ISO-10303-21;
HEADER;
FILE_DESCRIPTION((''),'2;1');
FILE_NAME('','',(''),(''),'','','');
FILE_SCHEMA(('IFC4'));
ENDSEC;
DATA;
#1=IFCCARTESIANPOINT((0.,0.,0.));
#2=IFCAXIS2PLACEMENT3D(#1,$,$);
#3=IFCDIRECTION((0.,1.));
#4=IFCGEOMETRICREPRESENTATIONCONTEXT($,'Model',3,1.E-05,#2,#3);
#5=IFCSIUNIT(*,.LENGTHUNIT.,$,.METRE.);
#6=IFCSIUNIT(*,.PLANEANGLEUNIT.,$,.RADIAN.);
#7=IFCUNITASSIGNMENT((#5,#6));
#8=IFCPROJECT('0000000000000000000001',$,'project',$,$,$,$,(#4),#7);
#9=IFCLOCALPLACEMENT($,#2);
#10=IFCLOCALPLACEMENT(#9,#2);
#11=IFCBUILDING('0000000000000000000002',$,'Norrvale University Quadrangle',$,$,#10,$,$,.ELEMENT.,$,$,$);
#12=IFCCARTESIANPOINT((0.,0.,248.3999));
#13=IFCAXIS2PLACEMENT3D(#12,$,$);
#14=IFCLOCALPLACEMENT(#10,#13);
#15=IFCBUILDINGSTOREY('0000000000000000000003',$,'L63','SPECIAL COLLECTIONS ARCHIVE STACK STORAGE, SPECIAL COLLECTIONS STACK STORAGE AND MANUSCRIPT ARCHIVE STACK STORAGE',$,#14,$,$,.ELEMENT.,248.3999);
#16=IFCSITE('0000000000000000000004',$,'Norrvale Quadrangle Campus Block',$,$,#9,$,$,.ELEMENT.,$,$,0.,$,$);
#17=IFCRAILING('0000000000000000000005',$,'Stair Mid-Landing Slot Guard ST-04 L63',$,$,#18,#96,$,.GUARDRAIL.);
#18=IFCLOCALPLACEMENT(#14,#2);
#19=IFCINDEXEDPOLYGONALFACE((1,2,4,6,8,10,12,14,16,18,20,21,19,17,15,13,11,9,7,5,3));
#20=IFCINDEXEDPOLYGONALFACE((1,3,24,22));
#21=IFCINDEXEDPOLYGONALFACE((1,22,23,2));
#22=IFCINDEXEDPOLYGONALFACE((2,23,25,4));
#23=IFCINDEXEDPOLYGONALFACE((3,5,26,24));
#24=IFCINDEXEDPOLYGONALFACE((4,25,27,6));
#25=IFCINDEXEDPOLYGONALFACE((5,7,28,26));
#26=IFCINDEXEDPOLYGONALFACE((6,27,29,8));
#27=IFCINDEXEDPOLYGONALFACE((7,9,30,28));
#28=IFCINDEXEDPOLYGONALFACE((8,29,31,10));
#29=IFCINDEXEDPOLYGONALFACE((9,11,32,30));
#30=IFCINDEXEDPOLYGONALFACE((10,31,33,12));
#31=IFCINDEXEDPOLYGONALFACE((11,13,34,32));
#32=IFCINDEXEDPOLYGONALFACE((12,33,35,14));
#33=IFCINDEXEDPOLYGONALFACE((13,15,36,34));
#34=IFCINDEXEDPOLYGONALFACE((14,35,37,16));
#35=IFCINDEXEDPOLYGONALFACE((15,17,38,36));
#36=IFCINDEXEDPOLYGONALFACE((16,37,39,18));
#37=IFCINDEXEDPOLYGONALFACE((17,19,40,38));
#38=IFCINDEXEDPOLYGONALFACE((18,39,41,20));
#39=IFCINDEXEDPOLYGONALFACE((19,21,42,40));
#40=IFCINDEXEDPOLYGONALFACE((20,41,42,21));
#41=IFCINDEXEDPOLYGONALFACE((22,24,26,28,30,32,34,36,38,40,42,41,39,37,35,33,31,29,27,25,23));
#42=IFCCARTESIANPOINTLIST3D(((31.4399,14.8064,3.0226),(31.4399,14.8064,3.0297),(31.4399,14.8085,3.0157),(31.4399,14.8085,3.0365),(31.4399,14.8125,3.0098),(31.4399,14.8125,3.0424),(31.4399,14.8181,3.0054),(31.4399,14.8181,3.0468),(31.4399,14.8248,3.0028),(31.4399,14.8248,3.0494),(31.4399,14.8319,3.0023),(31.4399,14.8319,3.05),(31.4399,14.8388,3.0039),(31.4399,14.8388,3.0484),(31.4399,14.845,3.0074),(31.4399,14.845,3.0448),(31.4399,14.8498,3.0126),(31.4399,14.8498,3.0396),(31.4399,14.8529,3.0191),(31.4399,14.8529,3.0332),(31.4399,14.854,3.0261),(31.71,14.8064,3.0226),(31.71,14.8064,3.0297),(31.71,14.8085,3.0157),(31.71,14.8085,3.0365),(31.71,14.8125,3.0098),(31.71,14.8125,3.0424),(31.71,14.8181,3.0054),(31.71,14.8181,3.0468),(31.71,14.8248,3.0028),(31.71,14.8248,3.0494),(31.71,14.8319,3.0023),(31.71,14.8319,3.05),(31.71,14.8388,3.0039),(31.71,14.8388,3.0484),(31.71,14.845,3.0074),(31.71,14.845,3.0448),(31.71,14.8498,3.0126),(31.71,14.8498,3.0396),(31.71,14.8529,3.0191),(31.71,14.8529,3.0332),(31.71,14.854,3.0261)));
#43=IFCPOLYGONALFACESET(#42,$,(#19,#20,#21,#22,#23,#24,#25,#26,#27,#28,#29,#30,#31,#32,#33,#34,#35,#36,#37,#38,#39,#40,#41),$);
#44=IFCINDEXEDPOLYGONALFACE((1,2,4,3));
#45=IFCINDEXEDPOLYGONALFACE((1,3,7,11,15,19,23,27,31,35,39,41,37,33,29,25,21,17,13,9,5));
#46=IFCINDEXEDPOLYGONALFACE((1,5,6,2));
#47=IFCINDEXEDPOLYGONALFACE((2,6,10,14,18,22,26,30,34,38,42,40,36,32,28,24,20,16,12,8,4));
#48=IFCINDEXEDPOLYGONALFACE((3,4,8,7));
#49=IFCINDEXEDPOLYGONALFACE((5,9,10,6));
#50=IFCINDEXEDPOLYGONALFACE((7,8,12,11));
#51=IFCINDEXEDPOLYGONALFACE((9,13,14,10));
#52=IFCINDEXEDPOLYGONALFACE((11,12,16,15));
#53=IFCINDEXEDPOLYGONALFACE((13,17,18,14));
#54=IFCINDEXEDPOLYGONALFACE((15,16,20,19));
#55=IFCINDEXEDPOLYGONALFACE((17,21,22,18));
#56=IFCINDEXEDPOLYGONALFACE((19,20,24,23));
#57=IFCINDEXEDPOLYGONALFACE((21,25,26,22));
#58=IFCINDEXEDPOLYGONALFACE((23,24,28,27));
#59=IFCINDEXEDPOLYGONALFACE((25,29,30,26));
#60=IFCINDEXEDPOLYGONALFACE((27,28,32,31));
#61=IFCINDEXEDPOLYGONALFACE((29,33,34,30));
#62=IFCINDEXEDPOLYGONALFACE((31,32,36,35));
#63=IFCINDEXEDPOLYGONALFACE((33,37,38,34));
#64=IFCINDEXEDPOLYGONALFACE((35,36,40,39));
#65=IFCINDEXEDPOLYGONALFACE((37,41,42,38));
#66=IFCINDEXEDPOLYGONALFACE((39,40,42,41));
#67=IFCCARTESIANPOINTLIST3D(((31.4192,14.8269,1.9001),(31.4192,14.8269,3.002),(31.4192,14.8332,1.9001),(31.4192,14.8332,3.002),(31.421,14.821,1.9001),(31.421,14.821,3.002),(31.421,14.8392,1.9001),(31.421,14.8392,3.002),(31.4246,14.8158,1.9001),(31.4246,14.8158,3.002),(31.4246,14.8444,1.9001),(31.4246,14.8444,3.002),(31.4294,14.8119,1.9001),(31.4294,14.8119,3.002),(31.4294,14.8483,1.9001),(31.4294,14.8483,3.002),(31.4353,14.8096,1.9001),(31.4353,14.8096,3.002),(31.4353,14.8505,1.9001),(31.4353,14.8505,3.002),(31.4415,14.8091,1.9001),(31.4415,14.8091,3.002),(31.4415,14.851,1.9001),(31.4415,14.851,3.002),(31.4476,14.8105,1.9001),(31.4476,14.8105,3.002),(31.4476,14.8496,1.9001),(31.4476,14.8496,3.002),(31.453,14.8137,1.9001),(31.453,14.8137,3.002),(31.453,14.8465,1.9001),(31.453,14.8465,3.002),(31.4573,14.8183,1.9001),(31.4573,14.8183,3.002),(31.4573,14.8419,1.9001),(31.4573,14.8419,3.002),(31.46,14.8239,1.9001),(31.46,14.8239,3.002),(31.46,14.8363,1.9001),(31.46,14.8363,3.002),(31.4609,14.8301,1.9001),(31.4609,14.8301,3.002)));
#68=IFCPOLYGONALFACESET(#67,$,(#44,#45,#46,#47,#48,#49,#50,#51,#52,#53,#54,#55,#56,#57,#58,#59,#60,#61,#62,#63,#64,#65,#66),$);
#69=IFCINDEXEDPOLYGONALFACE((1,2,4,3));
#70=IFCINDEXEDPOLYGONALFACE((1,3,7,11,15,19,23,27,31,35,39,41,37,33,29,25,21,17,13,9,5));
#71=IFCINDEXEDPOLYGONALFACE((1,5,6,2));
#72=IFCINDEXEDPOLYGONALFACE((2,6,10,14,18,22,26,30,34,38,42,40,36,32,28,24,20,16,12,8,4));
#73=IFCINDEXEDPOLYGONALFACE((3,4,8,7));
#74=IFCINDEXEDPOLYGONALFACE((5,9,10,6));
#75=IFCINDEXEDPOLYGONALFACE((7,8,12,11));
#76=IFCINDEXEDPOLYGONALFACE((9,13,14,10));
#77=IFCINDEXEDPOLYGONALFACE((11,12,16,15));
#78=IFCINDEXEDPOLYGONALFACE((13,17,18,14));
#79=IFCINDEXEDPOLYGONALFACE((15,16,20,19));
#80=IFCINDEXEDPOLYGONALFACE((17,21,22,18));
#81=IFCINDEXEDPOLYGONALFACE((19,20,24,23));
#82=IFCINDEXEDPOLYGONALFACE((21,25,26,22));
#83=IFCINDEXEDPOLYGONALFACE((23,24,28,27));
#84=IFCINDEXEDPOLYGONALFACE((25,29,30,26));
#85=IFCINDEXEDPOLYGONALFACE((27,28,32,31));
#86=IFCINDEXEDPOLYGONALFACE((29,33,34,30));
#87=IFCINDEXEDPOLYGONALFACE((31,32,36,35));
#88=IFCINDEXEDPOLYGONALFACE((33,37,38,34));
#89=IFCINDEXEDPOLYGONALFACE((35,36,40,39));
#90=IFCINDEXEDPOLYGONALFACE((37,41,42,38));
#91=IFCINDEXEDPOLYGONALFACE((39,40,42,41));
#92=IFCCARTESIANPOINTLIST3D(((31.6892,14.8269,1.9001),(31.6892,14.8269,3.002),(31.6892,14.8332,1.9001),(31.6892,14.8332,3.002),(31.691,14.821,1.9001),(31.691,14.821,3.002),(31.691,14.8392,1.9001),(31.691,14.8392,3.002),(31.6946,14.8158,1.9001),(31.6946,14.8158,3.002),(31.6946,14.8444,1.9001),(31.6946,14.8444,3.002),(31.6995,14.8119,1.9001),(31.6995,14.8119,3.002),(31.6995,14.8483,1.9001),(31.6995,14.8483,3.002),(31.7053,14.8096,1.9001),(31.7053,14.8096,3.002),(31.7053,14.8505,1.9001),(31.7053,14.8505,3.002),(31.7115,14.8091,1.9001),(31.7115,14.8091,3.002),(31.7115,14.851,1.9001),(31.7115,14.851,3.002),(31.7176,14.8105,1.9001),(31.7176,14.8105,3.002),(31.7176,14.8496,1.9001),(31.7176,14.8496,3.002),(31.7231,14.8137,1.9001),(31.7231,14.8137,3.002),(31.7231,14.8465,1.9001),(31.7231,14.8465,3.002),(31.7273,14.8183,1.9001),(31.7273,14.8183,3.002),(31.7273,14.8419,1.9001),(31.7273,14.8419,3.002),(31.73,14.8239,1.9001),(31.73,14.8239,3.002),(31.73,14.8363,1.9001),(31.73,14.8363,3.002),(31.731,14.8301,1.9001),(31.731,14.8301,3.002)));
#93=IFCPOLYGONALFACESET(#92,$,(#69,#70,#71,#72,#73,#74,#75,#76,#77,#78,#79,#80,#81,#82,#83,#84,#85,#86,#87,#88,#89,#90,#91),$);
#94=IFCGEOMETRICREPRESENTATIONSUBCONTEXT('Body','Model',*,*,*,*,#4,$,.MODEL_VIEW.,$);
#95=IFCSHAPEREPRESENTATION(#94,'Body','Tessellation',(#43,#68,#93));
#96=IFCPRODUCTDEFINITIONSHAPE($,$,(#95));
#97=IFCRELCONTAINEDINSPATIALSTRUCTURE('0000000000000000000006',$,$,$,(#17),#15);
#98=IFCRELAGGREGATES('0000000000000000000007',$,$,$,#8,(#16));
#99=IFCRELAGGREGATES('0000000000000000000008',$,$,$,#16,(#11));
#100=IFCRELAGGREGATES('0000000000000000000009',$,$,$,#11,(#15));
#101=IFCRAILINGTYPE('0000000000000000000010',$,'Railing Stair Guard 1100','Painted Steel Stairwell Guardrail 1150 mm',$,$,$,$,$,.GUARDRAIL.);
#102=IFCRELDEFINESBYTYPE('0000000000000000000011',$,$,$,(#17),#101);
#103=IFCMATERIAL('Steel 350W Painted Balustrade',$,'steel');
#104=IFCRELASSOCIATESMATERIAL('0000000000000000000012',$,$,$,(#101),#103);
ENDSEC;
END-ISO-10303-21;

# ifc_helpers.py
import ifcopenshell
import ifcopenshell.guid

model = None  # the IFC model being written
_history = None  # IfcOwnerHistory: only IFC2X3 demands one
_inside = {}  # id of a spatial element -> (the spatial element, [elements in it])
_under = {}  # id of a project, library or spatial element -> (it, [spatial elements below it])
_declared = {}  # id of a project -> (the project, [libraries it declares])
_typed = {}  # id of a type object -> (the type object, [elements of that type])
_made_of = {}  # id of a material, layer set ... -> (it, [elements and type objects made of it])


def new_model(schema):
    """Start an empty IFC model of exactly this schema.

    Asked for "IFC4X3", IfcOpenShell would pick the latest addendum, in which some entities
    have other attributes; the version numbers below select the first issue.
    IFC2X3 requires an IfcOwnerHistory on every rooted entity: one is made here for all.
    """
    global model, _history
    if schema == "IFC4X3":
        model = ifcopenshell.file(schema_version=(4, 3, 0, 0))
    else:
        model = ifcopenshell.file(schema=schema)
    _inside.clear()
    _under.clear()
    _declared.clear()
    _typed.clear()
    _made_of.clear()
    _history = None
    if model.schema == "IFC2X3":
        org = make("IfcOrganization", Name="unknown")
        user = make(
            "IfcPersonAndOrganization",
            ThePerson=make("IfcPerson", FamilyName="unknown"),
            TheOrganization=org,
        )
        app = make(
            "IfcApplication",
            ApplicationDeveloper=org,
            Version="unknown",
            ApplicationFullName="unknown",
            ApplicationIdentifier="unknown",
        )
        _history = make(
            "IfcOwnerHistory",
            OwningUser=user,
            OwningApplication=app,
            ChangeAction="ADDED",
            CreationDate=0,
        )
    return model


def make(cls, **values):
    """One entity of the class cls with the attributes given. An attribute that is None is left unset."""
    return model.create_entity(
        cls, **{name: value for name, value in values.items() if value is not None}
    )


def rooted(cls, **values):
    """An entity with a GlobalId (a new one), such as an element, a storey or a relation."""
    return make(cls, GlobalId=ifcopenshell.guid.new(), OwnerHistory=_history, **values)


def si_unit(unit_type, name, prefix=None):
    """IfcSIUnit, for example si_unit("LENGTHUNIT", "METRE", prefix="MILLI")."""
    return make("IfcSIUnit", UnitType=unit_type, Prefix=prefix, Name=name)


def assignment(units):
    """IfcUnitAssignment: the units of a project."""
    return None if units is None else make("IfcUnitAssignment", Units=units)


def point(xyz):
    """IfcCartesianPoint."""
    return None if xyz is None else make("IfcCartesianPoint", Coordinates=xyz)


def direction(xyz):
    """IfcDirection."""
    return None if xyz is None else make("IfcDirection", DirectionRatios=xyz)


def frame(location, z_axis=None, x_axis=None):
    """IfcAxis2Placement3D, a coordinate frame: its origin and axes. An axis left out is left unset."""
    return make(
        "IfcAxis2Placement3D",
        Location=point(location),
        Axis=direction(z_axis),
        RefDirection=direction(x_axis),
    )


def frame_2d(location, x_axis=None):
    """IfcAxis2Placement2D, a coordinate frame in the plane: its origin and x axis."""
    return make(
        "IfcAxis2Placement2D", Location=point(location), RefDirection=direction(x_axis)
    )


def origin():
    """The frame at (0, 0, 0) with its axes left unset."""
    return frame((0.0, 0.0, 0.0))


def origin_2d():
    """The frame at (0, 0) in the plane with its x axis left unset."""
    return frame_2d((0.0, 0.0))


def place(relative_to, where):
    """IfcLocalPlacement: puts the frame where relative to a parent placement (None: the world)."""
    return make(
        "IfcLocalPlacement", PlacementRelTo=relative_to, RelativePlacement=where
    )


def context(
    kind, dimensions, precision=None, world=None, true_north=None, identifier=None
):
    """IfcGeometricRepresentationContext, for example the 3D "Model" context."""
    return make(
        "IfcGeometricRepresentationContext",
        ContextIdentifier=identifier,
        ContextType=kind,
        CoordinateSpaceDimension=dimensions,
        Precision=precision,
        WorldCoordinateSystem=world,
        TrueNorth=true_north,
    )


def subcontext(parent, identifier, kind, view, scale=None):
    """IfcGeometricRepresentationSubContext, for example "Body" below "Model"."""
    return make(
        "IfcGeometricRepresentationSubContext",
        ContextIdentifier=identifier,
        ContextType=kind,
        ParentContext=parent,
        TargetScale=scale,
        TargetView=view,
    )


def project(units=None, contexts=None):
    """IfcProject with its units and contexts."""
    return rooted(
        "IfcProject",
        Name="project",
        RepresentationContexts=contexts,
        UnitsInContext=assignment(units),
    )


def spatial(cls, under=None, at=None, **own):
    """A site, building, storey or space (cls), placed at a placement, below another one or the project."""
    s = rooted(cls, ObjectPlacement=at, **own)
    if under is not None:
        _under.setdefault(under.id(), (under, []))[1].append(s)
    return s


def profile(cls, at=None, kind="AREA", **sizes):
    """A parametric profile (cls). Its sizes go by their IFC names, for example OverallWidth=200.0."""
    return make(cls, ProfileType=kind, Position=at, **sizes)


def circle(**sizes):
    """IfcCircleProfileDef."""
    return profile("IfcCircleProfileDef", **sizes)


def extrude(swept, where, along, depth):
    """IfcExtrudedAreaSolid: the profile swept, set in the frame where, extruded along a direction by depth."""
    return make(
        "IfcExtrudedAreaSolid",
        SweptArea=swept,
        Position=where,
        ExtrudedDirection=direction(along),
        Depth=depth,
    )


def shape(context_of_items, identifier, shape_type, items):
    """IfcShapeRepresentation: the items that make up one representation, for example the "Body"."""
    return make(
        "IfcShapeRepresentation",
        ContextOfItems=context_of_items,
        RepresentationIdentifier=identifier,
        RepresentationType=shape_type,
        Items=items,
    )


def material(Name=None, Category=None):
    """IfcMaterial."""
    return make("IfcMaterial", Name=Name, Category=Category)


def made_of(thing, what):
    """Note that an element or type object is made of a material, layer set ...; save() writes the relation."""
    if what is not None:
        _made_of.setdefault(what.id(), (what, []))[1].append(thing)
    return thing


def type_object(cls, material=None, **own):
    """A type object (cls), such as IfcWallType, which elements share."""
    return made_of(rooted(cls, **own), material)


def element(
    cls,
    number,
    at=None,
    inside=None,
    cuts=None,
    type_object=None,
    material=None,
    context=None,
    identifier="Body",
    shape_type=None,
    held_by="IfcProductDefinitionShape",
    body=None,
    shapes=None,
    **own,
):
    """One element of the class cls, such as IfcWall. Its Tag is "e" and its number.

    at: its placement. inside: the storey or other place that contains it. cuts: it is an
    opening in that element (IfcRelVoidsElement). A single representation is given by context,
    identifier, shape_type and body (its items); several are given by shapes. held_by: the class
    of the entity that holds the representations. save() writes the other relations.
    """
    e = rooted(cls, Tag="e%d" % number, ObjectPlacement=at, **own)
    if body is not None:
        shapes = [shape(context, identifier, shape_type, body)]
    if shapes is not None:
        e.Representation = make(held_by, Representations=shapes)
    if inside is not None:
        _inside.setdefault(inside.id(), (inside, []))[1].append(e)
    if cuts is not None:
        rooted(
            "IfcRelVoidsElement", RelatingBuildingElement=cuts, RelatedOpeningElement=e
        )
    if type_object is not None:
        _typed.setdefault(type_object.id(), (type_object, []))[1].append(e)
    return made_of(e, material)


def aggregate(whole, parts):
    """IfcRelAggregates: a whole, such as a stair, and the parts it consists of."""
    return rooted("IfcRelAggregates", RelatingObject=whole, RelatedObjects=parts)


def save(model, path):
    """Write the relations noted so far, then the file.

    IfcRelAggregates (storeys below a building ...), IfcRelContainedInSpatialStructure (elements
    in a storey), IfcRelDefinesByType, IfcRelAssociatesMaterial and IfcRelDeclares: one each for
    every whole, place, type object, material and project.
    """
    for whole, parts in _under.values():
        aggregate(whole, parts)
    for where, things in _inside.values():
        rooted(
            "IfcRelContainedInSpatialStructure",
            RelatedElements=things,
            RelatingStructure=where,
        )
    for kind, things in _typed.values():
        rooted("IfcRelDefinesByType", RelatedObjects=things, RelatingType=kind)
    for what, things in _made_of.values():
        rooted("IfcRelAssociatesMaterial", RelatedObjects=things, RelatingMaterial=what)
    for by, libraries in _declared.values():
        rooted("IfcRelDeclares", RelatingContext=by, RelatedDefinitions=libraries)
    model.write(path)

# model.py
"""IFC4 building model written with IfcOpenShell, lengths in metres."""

from ifc_helpers import new_model, si_unit, direction, frame, origin, origin_2d, place, context, subcontext, project, spatial, circle, extrude, material, type_object, element, save


model = new_model("IFC4")

# Units and contexts
model_context = context("Model", 3, precision=1e-05, world=origin(), true_north=direction((0.0, 1.0)))
body_context = subcontext(model_context, "Body", "Model", "MODEL_VIEW")
ifc_project = project(units=[si_unit("LENGTHUNIT", "METRE"), si_unit("PLANEANGLEUNIT", "RADIAN")], contexts=[model_context])

# Site, building, storey
site_placement = place(None, origin())
site = spatial("IfcSite", under=ifc_project, at=site_placement, Name="Norrvale Quadrangle Campus Block", CompositionType="ELEMENT", RefElevation=0.0)
building_placement = place(site_placement, origin())
building = spatial("IfcBuilding", under=site, at=building_placement, Name="Norrvale University Quadrangle", CompositionType="ELEMENT")
storey_placement = place(building_placement, frame((0.0, 0.0, 248.3999)))
storey = spatial("IfcBuildingStorey", under=building, at=storey_placement, Name="L63", Description="SPECIAL COLLECTIONS ARCHIVE STACK STORAGE, SPECIAL COLLECTIONS STACK STORAGE AND MANUSCRIPT ARCHIVE STACK STORAGE", CompositionType="ELEMENT", Elevation=248.3999)

# Railing
ifc_material_1 = material(Name="Steel 350W Painted Balustrade", Category="steel")
railing_type_1 = type_object("IfcRailingType", Name="Railing Stair Guard 1100", Description="Painted Steel Stairwell Guardrail 1150 mm", PredefinedType="GUARDRAIL", material=ifc_material_1)
for number, where, name in (
    (1, (31.4399, 14.8301, 1.9001), "Stair Mid-Landing Slot Guard ST-04 L63"),
):
    element("IfcRailing", number, at=place(storey_placement, frame(where)), inside=storey, type_object=railing_type_1, Name=name, PredefinedType="GUARDRAIL", context=body_context, shape_type="SweptSolid", body=[
        extrude(circle(Radius=0.0239, at=origin_2d()), frame((0.0, 0.0, 1.126), z_axis=(1.0, 0.0, 0.0), x_axis=(0.0, 1.0, 0.0)), (0.0, 0.0, 1.0), 0.27),
        extrude(circle(Radius=0.021, at=origin_2d()), origin(), (0.0, 0.0, 1.0), 1.1018),
        extrude(circle(Radius=0.021, at=origin_2d()), frame((0.27, 0.0, 0.0)), (0.0, 0.0, 1.0), 1.1018),
    ])

save(model, "model.ifc")
